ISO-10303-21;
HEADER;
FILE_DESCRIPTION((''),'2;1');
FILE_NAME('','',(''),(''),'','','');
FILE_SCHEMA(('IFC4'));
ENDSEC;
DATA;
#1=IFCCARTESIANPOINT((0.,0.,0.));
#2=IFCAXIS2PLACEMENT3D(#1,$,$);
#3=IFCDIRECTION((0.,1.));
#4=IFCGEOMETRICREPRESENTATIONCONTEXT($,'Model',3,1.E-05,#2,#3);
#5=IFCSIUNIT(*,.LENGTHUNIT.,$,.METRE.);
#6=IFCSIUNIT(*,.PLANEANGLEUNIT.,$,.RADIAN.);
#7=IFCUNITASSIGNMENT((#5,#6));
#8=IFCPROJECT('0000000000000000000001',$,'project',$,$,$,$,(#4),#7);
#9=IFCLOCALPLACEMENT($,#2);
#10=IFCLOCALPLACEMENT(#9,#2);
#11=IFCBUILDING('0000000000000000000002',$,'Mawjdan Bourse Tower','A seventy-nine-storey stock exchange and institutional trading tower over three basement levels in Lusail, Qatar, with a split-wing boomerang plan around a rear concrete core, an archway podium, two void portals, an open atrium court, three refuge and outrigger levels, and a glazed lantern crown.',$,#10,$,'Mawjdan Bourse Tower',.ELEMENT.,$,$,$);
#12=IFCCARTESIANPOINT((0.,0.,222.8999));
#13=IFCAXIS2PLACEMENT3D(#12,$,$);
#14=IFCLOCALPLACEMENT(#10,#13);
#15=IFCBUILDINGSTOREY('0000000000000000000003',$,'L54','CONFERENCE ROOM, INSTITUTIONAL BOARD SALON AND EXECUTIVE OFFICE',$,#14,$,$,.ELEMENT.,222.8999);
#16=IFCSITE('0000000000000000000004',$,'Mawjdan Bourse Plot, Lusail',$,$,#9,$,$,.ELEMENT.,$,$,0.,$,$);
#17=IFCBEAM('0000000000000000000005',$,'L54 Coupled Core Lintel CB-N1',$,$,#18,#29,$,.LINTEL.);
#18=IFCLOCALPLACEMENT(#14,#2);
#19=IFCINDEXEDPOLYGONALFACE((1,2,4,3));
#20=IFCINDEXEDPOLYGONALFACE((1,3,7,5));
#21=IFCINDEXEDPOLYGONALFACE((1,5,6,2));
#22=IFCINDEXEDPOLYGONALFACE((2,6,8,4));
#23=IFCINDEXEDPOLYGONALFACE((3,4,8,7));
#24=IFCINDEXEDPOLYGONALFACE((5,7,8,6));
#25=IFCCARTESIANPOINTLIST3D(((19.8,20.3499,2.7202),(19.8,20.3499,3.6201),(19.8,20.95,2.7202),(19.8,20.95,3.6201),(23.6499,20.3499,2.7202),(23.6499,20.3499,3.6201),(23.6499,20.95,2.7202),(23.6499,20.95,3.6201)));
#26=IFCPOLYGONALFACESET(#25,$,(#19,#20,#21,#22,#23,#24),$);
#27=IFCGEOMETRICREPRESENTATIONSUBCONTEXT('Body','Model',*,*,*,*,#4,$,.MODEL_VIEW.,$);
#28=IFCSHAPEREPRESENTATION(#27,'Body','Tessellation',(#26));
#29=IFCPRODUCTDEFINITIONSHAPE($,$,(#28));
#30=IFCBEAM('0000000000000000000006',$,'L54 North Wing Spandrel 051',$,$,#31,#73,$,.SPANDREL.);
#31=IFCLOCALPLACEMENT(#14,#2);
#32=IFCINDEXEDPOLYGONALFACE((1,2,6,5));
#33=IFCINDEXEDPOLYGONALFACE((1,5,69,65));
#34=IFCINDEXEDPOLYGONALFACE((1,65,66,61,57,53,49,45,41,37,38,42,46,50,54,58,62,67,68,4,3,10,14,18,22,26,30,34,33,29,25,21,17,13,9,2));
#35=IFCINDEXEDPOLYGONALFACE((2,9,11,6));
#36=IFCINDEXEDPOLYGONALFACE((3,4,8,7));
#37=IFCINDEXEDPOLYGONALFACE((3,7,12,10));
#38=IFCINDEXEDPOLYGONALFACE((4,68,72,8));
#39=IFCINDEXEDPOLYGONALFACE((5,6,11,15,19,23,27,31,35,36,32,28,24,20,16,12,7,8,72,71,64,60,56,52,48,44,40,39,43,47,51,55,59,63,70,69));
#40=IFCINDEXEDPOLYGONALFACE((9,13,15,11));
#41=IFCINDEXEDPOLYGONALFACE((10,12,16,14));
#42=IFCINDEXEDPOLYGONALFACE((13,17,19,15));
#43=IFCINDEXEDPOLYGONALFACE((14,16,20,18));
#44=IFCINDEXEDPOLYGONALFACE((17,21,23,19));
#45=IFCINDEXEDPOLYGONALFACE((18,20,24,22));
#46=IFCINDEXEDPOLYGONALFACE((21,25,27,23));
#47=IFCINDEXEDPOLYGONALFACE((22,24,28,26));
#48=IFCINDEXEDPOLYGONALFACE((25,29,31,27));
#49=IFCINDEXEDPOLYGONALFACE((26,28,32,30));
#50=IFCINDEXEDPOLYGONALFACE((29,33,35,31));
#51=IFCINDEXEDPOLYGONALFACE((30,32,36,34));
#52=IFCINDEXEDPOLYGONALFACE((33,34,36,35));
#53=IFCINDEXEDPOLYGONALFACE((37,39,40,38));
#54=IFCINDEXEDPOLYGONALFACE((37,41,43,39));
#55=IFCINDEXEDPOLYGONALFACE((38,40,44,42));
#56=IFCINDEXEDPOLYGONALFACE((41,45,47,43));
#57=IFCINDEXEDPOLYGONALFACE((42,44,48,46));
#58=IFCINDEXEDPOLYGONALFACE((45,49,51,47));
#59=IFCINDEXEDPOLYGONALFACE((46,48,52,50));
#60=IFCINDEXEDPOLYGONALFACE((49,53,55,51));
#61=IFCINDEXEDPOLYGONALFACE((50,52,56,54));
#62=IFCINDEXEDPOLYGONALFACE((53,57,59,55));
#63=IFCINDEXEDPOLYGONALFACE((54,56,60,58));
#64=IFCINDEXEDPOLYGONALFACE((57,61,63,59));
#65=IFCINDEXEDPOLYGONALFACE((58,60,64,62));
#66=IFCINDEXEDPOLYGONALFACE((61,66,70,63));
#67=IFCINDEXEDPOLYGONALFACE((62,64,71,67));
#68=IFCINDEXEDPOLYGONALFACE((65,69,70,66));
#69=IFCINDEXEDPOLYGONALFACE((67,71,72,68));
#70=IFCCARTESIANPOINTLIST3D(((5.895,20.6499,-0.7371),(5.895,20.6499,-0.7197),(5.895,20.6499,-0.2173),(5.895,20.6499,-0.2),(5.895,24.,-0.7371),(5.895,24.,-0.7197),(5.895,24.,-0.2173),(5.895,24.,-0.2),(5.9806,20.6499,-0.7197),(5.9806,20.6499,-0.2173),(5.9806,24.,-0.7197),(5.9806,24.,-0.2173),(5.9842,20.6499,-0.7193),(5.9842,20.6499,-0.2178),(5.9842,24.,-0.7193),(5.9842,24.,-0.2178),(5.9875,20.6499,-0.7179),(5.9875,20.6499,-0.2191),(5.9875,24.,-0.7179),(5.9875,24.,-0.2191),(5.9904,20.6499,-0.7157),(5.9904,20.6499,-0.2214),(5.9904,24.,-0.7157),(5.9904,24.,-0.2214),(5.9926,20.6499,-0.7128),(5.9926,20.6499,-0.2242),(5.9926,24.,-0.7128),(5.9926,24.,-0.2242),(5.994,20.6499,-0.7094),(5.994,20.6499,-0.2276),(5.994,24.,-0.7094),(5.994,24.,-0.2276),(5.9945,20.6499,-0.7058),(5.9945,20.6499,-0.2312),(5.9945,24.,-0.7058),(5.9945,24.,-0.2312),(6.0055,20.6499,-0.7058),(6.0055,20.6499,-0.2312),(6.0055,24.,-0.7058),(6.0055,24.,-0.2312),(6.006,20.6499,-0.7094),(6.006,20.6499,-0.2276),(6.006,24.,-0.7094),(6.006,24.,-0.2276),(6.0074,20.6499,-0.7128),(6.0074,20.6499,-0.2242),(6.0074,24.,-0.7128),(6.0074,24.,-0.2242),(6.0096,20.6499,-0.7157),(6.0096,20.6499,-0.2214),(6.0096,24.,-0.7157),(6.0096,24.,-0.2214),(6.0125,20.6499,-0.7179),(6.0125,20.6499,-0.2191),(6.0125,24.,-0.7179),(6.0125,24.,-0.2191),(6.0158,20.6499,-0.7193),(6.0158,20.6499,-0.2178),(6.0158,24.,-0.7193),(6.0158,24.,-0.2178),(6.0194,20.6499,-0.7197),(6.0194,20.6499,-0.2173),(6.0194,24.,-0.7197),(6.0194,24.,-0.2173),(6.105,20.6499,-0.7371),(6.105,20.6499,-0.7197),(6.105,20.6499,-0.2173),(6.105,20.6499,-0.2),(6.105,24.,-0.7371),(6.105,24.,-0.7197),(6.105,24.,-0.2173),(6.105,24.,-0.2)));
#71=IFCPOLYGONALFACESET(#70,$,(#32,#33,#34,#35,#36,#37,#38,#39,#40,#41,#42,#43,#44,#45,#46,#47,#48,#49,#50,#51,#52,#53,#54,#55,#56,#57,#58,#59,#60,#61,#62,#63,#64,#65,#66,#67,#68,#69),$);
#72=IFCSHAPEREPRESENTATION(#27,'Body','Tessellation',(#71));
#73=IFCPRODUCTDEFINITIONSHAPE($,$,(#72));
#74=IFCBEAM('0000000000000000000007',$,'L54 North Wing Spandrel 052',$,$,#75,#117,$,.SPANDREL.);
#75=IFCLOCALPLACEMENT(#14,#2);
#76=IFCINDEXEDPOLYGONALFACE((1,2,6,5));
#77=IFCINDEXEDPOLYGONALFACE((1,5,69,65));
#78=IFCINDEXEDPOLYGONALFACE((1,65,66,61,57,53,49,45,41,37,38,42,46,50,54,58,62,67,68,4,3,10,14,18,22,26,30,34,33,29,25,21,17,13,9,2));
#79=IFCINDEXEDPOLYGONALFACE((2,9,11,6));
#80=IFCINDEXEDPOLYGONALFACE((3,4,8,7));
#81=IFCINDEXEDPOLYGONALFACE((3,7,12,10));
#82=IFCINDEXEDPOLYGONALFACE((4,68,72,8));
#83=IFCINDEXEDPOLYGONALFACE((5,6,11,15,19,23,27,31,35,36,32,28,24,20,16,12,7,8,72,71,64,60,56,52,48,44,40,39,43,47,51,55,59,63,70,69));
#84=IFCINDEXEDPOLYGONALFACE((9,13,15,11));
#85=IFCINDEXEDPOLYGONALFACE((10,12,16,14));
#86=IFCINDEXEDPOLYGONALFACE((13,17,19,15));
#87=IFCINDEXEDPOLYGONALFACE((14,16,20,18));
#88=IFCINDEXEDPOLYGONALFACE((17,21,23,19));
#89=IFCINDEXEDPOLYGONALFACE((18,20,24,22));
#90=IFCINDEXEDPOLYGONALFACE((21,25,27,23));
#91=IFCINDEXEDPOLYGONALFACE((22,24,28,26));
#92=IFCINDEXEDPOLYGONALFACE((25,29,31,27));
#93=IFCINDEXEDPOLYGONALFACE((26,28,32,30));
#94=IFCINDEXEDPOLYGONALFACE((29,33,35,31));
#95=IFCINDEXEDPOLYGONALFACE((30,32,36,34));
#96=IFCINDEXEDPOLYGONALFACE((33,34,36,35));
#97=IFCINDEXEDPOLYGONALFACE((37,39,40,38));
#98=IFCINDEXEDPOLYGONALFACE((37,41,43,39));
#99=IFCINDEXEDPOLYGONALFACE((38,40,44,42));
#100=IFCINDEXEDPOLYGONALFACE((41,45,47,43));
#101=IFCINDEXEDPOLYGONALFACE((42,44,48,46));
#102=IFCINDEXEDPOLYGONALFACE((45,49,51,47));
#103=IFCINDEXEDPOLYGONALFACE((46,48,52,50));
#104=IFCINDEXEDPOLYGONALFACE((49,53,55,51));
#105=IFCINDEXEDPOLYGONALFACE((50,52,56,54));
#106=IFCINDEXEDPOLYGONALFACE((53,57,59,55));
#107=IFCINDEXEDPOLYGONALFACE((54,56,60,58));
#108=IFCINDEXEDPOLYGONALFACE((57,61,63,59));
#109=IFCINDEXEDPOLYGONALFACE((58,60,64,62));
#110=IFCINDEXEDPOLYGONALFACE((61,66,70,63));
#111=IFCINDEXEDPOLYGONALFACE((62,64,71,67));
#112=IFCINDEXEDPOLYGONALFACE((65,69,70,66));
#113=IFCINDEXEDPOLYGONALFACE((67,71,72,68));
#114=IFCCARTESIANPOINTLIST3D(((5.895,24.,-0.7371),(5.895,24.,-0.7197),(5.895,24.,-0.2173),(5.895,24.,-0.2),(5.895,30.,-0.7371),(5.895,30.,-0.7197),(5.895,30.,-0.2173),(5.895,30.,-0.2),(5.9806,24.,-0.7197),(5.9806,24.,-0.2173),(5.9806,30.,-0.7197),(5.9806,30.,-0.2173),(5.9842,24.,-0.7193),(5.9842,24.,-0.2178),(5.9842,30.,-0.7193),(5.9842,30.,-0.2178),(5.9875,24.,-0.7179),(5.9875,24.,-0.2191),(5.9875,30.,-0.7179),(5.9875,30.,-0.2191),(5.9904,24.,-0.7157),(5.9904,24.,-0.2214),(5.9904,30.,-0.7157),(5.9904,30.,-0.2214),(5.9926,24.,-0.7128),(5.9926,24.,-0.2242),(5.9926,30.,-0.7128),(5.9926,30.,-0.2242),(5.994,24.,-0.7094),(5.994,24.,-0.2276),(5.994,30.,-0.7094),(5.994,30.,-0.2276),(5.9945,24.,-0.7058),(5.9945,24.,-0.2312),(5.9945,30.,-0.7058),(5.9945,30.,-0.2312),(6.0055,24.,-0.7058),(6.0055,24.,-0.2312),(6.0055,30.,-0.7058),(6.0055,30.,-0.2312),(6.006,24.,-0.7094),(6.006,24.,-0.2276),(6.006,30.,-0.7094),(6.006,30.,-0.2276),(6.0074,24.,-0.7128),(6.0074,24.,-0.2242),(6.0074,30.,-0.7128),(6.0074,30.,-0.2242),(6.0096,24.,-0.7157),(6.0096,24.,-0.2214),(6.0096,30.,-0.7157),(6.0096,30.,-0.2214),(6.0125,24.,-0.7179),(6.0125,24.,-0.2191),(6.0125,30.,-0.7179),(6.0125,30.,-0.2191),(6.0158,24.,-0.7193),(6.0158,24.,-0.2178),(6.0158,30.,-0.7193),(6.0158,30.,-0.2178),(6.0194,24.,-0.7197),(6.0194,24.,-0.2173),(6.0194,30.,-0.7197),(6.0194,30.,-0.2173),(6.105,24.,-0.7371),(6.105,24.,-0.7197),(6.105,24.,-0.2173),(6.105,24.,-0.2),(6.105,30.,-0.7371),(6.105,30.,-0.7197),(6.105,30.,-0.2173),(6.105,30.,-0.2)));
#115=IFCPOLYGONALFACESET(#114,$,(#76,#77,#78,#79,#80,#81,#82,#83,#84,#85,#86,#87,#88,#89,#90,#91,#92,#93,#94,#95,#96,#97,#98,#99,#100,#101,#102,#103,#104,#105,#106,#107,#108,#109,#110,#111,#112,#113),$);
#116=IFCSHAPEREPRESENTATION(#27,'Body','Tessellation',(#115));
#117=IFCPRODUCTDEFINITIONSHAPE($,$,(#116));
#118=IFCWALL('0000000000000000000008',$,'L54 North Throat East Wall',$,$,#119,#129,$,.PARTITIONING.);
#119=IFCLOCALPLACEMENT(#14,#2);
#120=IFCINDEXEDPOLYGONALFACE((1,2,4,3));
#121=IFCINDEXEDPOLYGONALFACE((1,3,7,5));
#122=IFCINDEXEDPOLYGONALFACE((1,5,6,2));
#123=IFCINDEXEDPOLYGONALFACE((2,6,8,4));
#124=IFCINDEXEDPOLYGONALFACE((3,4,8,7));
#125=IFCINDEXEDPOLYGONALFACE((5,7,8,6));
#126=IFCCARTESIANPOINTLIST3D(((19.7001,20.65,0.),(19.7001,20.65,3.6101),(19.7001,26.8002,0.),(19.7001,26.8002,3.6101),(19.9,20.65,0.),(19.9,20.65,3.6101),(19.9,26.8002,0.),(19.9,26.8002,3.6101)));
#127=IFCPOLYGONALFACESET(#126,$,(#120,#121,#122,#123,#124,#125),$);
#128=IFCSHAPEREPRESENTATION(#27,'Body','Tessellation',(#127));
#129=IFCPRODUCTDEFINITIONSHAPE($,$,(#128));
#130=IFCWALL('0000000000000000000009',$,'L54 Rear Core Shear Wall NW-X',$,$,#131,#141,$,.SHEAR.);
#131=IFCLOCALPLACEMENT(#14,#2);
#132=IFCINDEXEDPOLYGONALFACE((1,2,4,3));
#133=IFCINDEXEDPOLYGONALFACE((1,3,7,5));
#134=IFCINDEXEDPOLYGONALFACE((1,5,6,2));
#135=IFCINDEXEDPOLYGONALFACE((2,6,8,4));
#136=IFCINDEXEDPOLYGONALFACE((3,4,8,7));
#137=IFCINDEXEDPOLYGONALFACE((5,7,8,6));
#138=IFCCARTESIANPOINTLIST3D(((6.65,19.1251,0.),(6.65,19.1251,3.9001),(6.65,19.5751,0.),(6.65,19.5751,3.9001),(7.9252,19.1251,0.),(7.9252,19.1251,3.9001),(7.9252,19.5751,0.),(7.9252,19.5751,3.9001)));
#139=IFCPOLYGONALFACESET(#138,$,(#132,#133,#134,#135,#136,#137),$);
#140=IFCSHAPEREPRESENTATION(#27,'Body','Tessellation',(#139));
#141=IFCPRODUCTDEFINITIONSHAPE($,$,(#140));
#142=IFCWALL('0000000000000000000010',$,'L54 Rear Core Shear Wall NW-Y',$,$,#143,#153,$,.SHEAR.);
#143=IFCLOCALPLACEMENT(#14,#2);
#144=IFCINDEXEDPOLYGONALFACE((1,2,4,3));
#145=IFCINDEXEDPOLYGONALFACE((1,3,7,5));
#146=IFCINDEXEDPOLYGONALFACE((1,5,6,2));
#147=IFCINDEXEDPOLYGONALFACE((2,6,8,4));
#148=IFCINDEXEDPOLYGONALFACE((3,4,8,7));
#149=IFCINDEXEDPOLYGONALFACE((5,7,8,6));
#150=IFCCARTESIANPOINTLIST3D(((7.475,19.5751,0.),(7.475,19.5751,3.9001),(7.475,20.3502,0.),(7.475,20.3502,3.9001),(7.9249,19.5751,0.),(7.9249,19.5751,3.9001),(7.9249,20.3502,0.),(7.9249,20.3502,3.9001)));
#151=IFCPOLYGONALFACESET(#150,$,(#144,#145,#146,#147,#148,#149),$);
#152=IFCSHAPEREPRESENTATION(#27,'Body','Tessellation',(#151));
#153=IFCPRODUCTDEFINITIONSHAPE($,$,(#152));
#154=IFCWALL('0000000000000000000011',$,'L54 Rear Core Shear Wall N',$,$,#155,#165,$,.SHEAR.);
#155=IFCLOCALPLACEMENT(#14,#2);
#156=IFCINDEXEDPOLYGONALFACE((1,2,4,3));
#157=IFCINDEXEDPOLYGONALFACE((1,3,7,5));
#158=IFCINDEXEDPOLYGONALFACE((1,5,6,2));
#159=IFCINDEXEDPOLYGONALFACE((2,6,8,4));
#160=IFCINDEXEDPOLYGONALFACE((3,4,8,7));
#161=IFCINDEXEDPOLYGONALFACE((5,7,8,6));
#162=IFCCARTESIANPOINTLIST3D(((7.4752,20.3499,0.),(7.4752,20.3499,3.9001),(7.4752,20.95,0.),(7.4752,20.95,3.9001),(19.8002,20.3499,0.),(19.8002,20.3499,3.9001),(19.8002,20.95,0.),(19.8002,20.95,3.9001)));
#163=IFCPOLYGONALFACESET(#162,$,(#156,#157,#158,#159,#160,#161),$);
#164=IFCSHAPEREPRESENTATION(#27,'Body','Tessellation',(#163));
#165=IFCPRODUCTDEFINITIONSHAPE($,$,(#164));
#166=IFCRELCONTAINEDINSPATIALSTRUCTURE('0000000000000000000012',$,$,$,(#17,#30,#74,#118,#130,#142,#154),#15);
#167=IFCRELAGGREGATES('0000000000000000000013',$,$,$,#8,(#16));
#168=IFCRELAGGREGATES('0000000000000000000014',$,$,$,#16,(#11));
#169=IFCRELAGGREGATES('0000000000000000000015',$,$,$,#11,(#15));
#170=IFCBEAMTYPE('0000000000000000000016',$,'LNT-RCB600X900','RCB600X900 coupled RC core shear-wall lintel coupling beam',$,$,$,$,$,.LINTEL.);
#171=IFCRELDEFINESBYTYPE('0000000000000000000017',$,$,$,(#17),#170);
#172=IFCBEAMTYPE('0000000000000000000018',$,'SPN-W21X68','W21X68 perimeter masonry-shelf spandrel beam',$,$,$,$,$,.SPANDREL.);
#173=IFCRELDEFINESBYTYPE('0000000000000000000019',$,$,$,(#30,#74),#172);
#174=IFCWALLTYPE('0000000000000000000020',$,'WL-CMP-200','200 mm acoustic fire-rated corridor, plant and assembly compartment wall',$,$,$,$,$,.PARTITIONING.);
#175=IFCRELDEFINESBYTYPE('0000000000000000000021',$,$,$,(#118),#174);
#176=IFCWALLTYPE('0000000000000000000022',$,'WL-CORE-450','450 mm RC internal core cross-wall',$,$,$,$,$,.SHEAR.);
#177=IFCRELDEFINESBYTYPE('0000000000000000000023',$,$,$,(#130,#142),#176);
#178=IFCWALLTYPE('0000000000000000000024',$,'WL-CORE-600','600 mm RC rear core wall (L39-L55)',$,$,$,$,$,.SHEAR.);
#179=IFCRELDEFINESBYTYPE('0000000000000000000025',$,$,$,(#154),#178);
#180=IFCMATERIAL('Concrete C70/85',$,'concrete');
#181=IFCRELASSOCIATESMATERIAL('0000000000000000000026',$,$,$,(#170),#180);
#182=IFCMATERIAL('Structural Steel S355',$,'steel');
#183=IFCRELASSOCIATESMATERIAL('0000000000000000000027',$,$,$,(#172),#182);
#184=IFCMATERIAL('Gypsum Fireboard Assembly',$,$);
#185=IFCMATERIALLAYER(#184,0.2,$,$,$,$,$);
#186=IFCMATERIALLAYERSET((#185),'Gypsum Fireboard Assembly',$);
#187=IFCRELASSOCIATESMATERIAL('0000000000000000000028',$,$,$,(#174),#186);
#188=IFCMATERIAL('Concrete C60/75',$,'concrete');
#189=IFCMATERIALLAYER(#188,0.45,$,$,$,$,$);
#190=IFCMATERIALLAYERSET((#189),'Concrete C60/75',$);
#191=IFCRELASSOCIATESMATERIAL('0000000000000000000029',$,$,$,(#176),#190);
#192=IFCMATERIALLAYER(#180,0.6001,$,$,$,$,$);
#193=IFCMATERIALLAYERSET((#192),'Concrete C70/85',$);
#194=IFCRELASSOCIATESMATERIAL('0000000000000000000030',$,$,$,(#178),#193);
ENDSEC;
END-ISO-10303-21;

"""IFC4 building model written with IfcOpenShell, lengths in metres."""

from ifc_helpers import new_model, si_unit, direction, frame, frame_2d, origin, origin_2d, place, context, subcontext, project, spatial, rectangle, i_section, extrude, material, layer, layer_set, material_profile, profile_set, type_object, element, save


model = new_model("IFC4")

# Units and contexts
model_context = context("Model", 3, precision=1e-05, world=origin(), true_north=direction((0.0, 1.0)))
body_context = subcontext(model_context, "Body", "Model", "MODEL_VIEW")
ifc_project = project(units=[si_unit("LENGTHUNIT", "METRE"), si_unit("PLANEANGLEUNIT", "RADIAN")], contexts=[model_context])

# Site, building, storey
site_placement = place(None, origin())
site = spatial("IfcSite", under=ifc_project, at=site_placement, Name="Mawjdan Bourse Plot, Lusail", CompositionType="ELEMENT", RefElevation=0.0)
building_placement = place(site_placement, origin())
building = spatial("IfcBuilding", under=site, at=building_placement, Name="Mawjdan Bourse Tower", Description="A seventy-nine-storey stock exchange and institutional trading tower over three basement levels in Lusail, Qatar, with a split-wing boomerang plan around a rear concrete core, an archway podium, two void portals, an open atrium court, three refuge and outrigger levels, and a glazed lantern crown.", LongName="Mawjdan Bourse Tower", CompositionType="ELEMENT")
storey_placement = place(building_placement, frame((0.0, 0.0, 222.8999)))
storey = spatial("IfcBuildingStorey", under=building, at=storey_placement, Name="L54", Description="CONFERENCE ROOM, INSTITUTIONAL BOARD SALON AND EXECUTIVE OFFICE", CompositionType="ELEMENT", Elevation=222.8999)

# Shared definitions
ifc_material_1 = material(Name="Concrete C70/85", Category="concrete")

# Beams
ifc_material_2 = material(Name="Structural Steel S355", Category="steel")
ifc_material_profile_1 = material_profile(ifc_material_1, rectangle(XDim=0.6001, YDim=0.8999, at=origin_2d()), Name="RCB600X900")
ifc_profile_set_1 = profile_set([ifc_material_profile_1], Name="Concrete C70/85")
beam_type_1 = type_object("IfcBeamType", Name="LNT-RCB600X900", Description="RCB600X900 coupled RC core shear-wall lintel coupling beam", PredefinedType="LINTEL", material=ifc_profile_set_1)
beam_1_placement = place(storey_placement, frame((19.8, 20.6499, 3.1702), z_axis=(1.0, 0.0, 0.0), x_axis=(0.0, 1.0, 0.0)))
element("IfcBeam", 1, at=beam_1_placement, inside=storey, type_object=beam_type_1, Name="L54 Coupled Core Lintel CB-N1", PredefinedType="LINTEL", context=body_context, shape_type="SweptSolid", body=[
    extrude(rectangle(XDim=0.6001, YDim=0.8999, at=origin_2d()), origin(), (0.0, 0.0, 1.0), 3.8499),
])
ifc_material_profile_2 = material_profile(ifc_material_2, i_section(OverallWidth=0.21, OverallDepth=0.5371, WebThickness=0.011, FlangeThickness=0.0173, FilletRadius=0.0139, at=origin_2d()), Name="W21X68")
ifc_profile_set_2 = profile_set([ifc_material_profile_2], Name="Structural Steel S355")
beam_type_2 = type_object("IfcBeamType", Name="SPN-W21X68", Description="W21X68 perimeter masonry-shelf spandrel beam", PredefinedType="SPANDREL", material=ifc_profile_set_2)
beam_2_placement = place(storey_placement, frame((6.0, 20.6499, -0.4685), z_axis=(0.0, 1.0, 0.0), x_axis=(-1.0, 0.0, 0.0)))
element("IfcBeam", 2, at=beam_2_placement, inside=storey, type_object=beam_type_2, Name="L54 North Wing Spandrel 051", PredefinedType="SPANDREL", context=body_context, shape_type="SweptSolid", body=[
    extrude(i_section(OverallWidth=0.21, OverallDepth=0.5371, WebThickness=0.011, FlangeThickness=0.0173, FilletRadius=0.0139, at=origin_2d()), origin(), (0.0, 0.0, 1.0), 3.3501),
])
beam_3_placement = place(storey_placement, frame((6.0, 24.0, -0.4685), z_axis=(0.0, 1.0, 0.0), x_axis=(-1.0, 0.0, 0.0)))
element("IfcBeam", 3, at=beam_3_placement, inside=storey, type_object=beam_type_2, Name="L54 North Wing Spandrel 052", PredefinedType="SPANDREL", context=body_context, shape_type="SweptSolid", body=[
    extrude(i_section(OverallWidth=0.21, OverallDepth=0.5371, WebThickness=0.011, FlangeThickness=0.0173, FilletRadius=0.0139, at=origin_2d()), origin(), (0.0, 0.0, 1.0), 6.0),
])

# Walls
ifc_material_3 = material(Name="Gypsum Fireboard Assembly")
ifc_layer_1 = layer(ifc_material_3, 0.2)
ifc_layer_set_1 = layer_set([ifc_layer_1], Name="Gypsum Fireboard Assembly")
wall_type_1 = type_object("IfcWallType", Name="WL-CMP-200", Description="200 mm acoustic fire-rated corridor, plant and assembly compartment wall", PredefinedType="PARTITIONING", material=ifc_layer_set_1)
wall_1_placement = place(storey_placement, frame((19.8, 20.6499, 0.0), z_axis=(0.0, 0.0, 1.0), x_axis=(0.0, 1.0, 0.0)))
element("IfcWall", 4, at=wall_1_placement, inside=storey, type_object=wall_type_1, Name="L54 North Throat East Wall", PredefinedType="PARTITIONING", context=body_context, shape_type="SweptSolid", body=[
    extrude(rectangle(XDim=6.1501, YDim=0.2, at=frame_2d((3.0752, 0.0))), origin(), (0.0, 0.0, 1.0), 3.6101),
])
ifc_material_4 = material(Name="Concrete C60/75", Category="concrete")
ifc_layer_2 = layer(ifc_material_4, 0.45)
ifc_layer_set_2 = layer_set([ifc_layer_2], Name="Concrete C60/75")
wall_type_2 = type_object("IfcWallType", Name="WL-CORE-450", Description="450 mm RC internal core cross-wall", PredefinedType="SHEAR", material=ifc_layer_set_2)
wall_2_placement = place(storey_placement, frame((6.6499, 19.3501, 0.0), z_axis=(0.0, 0.0, 1.0), x_axis=(1.0, 0.0, 0.0)))
element("IfcWall", 5, at=wall_2_placement, inside=storey, type_object=wall_type_2, Name="L54 Rear Core Shear Wall NW-X", PredefinedType="SHEAR", context=body_context, shape_type="SweptSolid", body=[
    extrude(rectangle(XDim=1.2751, YDim=0.45, at=frame_2d((0.6377, 0.0))), origin(), (0.0, 0.0, 1.0), 3.9001),
])
wall_3_placement = place(storey_placement, frame((7.7, 19.575, 0.0), z_axis=(0.0, 0.0, 1.0), x_axis=(0.0, 1.0, 0.0)))
element("IfcWall", 6, at=wall_3_placement, inside=storey, type_object=wall_type_2, Name="L54 Rear Core Shear Wall NW-Y", PredefinedType="SHEAR", context=body_context, shape_type="SweptSolid", body=[
    extrude(rectangle(XDim=0.7751, YDim=0.45, at=frame_2d((0.3877, 0.0))), origin(), (0.0, 0.0, 1.0), 3.9001),
])
ifc_layer_3 = layer(ifc_material_1, 0.6001)
ifc_layer_set_3 = layer_set([ifc_layer_3], Name="Concrete C70/85")
wall_type_3 = type_object("IfcWallType", Name="WL-CORE-600", Description="600 mm RC rear core wall (L39-L55)", PredefinedType="SHEAR", material=ifc_layer_set_3)
wall_4_placement = place(storey_placement, frame((7.4751, 20.6499, 0.0), z_axis=(0.0, 0.0, 1.0), x_axis=(1.0, 0.0, 0.0)))
element("IfcWall", 7, at=wall_4_placement, inside=storey, type_object=wall_type_3, Name="L54 Rear Core Shear Wall N", PredefinedType="SHEAR", context=body_context, shape_type="SweptSolid", body=[
    extrude(rectangle(XDim=12.325, YDim=0.6001, at=frame_2d((6.1626, 0.0))), origin(), (0.0, 0.0, 1.0), 3.9001),
])

save(model, "model.ifc")
